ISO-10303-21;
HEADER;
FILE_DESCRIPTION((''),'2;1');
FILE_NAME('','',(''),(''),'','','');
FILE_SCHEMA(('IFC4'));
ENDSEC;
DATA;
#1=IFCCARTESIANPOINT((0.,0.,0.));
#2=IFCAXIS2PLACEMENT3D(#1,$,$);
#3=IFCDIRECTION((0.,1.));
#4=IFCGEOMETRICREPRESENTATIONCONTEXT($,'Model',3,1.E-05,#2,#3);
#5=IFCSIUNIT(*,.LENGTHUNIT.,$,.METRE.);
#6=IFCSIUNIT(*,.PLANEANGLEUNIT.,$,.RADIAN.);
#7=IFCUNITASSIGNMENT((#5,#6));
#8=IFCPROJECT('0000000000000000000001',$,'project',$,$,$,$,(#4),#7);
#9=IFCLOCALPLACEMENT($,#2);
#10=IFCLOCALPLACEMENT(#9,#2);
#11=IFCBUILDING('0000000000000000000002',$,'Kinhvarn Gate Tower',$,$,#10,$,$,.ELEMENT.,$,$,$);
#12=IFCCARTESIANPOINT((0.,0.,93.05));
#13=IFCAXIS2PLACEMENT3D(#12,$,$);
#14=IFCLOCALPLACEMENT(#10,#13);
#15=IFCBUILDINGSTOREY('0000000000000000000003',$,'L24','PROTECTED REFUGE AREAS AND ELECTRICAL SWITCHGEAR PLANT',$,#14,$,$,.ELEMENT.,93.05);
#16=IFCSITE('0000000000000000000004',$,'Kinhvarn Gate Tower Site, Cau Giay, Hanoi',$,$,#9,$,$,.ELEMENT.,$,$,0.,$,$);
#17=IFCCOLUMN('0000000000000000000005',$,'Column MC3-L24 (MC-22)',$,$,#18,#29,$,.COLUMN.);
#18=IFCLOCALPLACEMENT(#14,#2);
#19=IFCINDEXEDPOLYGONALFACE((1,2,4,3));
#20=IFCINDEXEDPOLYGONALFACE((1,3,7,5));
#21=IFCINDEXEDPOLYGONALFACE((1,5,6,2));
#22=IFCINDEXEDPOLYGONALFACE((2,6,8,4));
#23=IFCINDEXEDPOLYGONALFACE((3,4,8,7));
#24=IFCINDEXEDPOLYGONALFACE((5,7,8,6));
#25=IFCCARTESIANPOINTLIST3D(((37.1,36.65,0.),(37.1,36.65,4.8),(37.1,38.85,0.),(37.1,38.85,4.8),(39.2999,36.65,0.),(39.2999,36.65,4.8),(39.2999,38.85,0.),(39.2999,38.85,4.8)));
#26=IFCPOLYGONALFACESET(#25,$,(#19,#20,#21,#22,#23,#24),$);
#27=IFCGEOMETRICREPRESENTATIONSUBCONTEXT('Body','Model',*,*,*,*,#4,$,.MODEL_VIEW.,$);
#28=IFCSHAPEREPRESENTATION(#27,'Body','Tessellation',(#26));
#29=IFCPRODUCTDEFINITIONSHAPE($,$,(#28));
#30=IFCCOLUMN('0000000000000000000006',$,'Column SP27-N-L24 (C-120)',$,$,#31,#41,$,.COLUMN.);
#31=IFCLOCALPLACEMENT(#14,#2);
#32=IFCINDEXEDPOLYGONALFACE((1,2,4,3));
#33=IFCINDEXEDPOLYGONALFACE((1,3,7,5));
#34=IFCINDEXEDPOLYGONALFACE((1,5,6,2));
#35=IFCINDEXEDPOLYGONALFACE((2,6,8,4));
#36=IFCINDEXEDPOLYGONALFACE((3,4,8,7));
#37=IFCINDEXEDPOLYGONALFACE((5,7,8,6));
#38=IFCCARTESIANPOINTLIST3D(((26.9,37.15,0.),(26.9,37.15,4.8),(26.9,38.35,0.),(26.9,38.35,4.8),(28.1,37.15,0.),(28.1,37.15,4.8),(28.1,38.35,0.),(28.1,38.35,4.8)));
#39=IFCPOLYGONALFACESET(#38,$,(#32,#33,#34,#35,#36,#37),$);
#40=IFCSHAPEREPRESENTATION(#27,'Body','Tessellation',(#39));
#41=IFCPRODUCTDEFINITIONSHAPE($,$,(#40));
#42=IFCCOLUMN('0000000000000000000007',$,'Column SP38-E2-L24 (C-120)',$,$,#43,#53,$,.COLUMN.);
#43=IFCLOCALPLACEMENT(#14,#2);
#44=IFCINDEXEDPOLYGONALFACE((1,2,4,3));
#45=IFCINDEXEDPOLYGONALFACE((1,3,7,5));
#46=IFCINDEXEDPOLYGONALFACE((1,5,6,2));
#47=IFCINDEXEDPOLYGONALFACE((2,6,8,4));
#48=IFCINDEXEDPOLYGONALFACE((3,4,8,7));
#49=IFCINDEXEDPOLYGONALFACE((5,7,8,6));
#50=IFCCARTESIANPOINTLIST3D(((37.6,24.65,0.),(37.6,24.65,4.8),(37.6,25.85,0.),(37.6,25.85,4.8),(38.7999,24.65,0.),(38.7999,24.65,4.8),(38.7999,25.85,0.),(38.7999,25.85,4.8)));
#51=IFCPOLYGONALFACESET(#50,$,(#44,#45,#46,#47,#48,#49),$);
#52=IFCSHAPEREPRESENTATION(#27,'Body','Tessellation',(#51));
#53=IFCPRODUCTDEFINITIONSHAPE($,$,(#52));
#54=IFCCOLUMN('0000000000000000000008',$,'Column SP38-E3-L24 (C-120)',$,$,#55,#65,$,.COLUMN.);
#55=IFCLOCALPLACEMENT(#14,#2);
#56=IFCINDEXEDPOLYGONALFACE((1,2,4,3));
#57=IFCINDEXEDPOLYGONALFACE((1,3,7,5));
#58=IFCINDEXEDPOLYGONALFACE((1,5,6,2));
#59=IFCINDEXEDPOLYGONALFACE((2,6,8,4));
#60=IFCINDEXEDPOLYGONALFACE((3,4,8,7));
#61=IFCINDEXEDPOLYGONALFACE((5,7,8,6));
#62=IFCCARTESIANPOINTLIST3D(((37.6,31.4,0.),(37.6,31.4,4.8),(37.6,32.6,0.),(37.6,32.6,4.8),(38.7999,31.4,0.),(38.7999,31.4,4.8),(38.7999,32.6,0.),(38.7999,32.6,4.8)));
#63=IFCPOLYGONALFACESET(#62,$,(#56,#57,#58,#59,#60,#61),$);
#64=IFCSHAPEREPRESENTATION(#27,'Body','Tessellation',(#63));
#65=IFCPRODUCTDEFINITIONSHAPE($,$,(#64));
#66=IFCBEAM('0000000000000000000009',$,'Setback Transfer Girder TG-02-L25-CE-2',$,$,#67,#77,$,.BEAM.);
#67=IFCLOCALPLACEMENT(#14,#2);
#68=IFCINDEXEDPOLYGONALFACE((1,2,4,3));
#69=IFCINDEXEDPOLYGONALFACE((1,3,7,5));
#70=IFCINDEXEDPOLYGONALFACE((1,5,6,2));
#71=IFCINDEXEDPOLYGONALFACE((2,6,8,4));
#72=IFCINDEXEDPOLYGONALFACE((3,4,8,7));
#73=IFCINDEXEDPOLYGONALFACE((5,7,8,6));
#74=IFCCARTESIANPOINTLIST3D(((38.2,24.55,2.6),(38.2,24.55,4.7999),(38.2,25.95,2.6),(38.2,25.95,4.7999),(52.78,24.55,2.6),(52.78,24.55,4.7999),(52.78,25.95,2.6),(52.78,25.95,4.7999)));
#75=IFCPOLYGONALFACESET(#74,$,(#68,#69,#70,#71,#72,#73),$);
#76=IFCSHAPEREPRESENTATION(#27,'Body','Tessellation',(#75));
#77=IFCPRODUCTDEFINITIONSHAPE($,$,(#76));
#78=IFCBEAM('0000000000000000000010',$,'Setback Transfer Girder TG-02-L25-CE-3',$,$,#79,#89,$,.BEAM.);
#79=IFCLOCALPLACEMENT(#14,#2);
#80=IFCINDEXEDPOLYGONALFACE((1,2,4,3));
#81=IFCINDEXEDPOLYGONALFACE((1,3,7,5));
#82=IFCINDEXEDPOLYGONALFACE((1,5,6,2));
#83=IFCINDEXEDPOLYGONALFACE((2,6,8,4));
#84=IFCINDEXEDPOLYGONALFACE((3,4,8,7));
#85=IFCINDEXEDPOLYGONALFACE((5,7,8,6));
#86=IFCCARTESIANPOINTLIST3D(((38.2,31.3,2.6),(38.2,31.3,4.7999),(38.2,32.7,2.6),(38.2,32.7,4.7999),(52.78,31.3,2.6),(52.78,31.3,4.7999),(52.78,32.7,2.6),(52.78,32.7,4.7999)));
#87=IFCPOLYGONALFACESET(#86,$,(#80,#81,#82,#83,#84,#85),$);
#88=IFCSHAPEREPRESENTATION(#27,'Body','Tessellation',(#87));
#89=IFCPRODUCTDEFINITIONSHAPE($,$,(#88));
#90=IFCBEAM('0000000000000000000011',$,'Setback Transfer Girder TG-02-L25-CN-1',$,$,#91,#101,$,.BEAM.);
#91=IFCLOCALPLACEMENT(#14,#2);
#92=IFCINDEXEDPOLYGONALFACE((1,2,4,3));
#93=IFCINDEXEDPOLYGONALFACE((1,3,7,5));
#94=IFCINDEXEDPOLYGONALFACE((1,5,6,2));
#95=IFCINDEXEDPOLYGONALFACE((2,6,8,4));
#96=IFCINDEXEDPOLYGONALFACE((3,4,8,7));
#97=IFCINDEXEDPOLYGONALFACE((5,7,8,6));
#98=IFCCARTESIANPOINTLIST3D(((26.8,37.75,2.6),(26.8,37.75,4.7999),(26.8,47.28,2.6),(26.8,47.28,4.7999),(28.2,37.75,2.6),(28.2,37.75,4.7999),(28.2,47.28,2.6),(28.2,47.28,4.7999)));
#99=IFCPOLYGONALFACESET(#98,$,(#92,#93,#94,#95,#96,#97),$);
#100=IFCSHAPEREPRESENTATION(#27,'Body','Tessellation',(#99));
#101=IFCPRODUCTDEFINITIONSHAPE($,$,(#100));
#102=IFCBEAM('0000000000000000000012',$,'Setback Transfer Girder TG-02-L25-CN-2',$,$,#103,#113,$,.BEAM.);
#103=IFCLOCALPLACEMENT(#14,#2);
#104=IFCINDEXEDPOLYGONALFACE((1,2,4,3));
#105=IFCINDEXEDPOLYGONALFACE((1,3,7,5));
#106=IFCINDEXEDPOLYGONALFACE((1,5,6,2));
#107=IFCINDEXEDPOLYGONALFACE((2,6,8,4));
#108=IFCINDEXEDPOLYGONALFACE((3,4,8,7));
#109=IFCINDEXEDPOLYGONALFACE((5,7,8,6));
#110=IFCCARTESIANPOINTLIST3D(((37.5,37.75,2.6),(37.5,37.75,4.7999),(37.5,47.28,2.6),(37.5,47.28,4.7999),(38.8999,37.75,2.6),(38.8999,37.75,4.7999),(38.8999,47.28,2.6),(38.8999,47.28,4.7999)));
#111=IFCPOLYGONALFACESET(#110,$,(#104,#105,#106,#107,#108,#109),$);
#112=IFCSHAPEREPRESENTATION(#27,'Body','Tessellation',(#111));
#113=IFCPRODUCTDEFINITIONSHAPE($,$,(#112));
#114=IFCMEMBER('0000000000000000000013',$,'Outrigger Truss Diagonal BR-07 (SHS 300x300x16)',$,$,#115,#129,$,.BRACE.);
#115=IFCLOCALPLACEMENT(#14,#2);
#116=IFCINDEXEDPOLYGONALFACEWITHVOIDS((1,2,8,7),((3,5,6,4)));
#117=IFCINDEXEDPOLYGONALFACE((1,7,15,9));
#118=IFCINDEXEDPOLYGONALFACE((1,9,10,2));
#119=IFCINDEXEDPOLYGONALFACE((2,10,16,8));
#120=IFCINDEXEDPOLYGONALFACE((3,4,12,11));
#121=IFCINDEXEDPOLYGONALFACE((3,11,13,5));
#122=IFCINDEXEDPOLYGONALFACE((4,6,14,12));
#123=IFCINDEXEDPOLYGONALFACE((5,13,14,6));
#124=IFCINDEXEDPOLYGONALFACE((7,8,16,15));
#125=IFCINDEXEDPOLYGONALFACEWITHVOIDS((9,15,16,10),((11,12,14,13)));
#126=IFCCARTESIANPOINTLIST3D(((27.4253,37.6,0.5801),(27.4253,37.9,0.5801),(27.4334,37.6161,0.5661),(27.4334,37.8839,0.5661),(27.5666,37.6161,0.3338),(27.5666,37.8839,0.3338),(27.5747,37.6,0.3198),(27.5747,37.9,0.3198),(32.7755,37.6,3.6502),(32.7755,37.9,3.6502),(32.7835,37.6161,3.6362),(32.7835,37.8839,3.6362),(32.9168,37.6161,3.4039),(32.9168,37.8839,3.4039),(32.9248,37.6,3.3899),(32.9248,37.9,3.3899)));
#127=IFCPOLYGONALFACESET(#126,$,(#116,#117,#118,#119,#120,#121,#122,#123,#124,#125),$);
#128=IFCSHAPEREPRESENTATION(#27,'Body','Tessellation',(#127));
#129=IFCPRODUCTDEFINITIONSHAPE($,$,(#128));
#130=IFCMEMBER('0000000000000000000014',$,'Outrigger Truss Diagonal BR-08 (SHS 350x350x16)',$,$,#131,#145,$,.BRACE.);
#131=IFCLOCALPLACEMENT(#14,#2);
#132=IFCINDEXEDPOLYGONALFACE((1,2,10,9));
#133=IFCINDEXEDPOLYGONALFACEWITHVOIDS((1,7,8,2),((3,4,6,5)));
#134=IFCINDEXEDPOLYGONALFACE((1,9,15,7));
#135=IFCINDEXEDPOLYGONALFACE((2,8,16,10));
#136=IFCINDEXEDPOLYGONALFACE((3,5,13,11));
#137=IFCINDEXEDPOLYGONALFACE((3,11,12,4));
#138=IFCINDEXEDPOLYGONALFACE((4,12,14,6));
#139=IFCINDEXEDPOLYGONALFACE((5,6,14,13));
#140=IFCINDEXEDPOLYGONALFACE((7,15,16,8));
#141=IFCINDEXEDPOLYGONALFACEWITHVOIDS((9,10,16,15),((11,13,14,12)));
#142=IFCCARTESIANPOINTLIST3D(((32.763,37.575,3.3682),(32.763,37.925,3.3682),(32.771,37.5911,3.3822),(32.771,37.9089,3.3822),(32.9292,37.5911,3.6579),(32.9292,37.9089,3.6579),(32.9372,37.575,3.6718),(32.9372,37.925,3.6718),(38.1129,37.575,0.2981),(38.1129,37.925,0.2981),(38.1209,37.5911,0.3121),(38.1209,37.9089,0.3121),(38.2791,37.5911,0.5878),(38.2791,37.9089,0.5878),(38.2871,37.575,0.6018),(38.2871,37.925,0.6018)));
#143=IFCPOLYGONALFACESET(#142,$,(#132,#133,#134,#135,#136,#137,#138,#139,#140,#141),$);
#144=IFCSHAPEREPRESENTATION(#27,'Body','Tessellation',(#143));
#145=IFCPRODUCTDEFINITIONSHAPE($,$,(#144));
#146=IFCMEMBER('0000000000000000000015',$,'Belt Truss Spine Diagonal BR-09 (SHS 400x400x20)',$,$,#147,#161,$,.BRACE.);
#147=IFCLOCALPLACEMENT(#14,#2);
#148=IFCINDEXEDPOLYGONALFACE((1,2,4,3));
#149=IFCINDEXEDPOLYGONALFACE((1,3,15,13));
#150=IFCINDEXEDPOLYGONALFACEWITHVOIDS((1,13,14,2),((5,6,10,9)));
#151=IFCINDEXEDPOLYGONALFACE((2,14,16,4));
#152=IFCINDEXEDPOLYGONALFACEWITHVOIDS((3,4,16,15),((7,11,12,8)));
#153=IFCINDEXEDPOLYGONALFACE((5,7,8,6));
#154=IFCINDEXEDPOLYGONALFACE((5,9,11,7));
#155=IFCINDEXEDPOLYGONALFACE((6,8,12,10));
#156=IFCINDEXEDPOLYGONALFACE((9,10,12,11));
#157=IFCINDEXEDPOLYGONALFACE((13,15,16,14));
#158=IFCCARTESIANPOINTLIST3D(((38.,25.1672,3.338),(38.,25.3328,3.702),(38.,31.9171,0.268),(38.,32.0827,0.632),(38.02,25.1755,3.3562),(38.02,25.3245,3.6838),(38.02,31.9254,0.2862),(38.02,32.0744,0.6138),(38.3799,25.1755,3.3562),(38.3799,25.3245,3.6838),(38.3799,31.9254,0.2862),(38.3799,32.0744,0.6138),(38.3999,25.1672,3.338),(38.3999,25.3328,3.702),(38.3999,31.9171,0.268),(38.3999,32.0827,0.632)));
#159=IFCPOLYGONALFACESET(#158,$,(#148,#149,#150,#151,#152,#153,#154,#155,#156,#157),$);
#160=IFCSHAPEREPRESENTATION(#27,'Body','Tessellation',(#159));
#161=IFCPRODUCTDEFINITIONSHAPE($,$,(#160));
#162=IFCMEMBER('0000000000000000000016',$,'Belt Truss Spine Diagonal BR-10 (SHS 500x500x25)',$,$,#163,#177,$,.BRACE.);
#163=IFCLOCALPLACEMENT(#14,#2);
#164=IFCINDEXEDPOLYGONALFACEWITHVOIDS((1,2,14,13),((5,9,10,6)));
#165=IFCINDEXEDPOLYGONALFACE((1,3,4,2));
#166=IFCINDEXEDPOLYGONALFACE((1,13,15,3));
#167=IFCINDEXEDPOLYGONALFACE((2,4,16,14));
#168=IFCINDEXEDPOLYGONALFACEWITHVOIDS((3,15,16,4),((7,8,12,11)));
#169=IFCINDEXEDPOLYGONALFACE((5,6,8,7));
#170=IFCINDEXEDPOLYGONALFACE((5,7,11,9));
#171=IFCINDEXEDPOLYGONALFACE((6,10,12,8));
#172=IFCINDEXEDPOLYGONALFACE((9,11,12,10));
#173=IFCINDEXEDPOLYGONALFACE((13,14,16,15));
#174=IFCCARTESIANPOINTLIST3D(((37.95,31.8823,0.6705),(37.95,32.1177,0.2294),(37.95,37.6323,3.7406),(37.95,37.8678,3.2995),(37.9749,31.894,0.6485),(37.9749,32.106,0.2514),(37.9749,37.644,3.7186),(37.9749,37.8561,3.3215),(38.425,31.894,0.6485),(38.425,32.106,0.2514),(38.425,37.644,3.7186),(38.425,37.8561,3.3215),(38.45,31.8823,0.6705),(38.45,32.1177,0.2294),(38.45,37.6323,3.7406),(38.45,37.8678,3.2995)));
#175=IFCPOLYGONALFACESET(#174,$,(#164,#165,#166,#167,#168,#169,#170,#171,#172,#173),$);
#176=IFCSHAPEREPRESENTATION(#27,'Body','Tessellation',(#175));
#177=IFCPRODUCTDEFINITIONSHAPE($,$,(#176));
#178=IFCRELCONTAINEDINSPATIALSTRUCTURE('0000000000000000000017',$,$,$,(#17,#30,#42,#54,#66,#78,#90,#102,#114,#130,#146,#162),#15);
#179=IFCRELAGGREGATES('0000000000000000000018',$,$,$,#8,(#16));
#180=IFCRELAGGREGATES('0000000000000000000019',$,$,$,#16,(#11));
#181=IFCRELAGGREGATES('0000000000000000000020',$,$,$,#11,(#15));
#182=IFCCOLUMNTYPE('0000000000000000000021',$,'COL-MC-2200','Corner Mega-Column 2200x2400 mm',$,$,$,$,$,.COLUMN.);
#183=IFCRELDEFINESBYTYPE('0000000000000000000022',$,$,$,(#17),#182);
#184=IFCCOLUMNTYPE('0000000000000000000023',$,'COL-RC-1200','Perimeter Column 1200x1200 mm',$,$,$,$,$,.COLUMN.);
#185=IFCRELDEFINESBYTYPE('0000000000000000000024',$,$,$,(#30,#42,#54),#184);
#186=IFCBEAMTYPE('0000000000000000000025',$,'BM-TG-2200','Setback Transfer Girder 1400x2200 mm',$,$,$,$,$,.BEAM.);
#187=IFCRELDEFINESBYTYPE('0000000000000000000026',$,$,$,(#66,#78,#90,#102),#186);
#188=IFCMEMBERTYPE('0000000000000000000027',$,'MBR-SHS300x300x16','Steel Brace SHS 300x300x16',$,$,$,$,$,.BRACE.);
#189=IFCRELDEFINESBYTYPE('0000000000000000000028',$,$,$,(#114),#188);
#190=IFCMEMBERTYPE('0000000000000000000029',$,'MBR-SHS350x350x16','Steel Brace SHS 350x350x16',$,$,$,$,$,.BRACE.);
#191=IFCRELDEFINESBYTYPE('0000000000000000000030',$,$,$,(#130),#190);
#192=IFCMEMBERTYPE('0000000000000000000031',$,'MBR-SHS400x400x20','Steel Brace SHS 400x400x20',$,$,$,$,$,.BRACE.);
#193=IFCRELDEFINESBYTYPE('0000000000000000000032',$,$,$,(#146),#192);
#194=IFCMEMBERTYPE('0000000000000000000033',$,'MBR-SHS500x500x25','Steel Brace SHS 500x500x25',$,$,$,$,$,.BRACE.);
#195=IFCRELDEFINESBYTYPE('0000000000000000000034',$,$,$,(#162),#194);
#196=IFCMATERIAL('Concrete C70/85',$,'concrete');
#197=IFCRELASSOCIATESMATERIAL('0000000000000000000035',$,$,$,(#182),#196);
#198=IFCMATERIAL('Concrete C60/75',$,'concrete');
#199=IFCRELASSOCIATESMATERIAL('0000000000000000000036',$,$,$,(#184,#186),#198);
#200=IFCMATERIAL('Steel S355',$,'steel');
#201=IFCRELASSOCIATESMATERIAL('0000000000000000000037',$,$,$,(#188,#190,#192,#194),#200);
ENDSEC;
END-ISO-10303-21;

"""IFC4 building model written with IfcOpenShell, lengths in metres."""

from ifc_helpers import new_model, si_unit, direction, frame, origin, origin_2d, place, context, subcontext, project, spatial, rectangle, hollow_rectangle, extrude, material, material_profile, profile_set, type_object, element, save


model = new_model("IFC4")

# Units and contexts
model_context = context("Model", 3, precision=1e-05, world=origin(), true_north=direction((0.0, 1.0)))
body_context = subcontext(model_context, "Body", "Model", "MODEL_VIEW")
ifc_project = project(units=[si_unit("LENGTHUNIT", "METRE"), si_unit("PLANEANGLEUNIT", "RADIAN")], contexts=[model_context])

# Site, building, storey
site_placement = place(None, origin())
site = spatial("IfcSite", under=ifc_project, at=site_placement, Name="Kinhvarn Gate Tower Site, Cau Giay, Hanoi", CompositionType="ELEMENT", RefElevation=0.0)
building_placement = place(site_placement, origin())
building = spatial("IfcBuilding", under=site, at=building_placement, Name="Kinhvarn Gate Tower", CompositionType="ELEMENT")
storey_placement = place(building_placement, frame((0.0, 0.0, 93.05)))
storey = spatial("IfcBuildingStorey", under=building, at=storey_placement, Name="L24", Description="PROTECTED REFUGE AREAS AND ELECTRICAL SWITCHGEAR PLANT", CompositionType="ELEMENT", Elevation=93.05)

# Columns
ifc_material_1 = material(Name="Concrete C70/85", Category="concrete")
ifc_material_profile_1 = material_profile(ifc_material_1, rectangle(XDim=2.2, YDim=2.2, at=origin_2d()), Name="RC 2200x2200")
ifc_profile_set_1 = profile_set([ifc_material_profile_1], Name="Concrete C70/85")
column_type_1 = type_object("IfcColumnType", Name="COL-MC-2200", Description="Corner Mega-Column 2200x2400 mm", PredefinedType="COLUMN", material=ifc_profile_set_1)
column_placement = place(storey_placement, frame((38.2, 37.75, 0.0), z_axis=(0.0, 0.0, 1.0), x_axis=(1.0, 0.0, 0.0)))
element("IfcColumn", 1, at=column_placement, inside=storey, type_object=column_type_1, Name="Column MC3-L24 (MC-22)", PredefinedType="COLUMN", context=body_context, shape_type="SweptSolid", body=[
    extrude(rectangle(XDim=2.2, YDim=2.2, at=origin_2d()), origin(), (0.0, 0.0, 1.0), 4.8),
])
ifc_material_2 = material(Name="Concrete C60/75", Category="concrete")
ifc_material_profile_2 = material_profile(ifc_material_2, rectangle(XDim=1.2, YDim=1.2, at=origin_2d()), Name="RC 1200x1200")
ifc_profile_set_2 = profile_set([ifc_material_profile_2], Name="Concrete C60/75")
column_type_2 = type_object("IfcColumnType", Name="COL-RC-1200", Description="Perimeter Column 1200x1200 mm", PredefinedType="COLUMN", material=ifc_profile_set_2)
for number, where, z_axis, x_axis, name in (
    (2, (27.5, 37.75, 0.0), (0.0, 0.0, 1.0), (1.0, 0.0, 0.0), "Column SP27-N-L24 (C-120)"),
    (3, (38.2, 25.25, 0.0), (0.0, 0.0, 1.0), (1.0, 0.0, 0.0), "Column SP38-E2-L24 (C-120)"),
    (4, (38.2, 32.0, 0.0), (0.0, 0.0, 1.0), (1.0, 0.0, 0.0), "Column SP38-E3-L24 (C-120)"),
):
    element("IfcColumn", number, at=place(storey_placement, frame(where, z_axis=z_axis, x_axis=x_axis)), inside=storey, type_object=column_type_2, Name=name, PredefinedType="COLUMN", context=body_context, shape_type="SweptSolid", body=[
        extrude(rectangle(XDim=1.2, YDim=1.2, at=origin_2d()), origin(), (0.0, 0.0, 1.0), 4.8),
    ])

# Beams
ifc_material_profile_3 = material_profile(ifc_material_2, rectangle(XDim=1.3999, YDim=2.2, at=origin_2d()), Name="RC 1400x2200")
ifc_profile_set_3 = profile_set([ifc_material_profile_3], Name="Concrete C60/75")
beam_type_1 = type_object("IfcBeamType", Name="BM-TG-2200", Description="Setback Transfer Girder 1400x2200 mm", PredefinedType="BEAM", material=ifc_profile_set_3)
for number, where, z_axis, x_axis, name in (
    (5, (38.2, 25.25, 3.7), (1.0, 0.0, 0.0), (0.0, 1.0, 0.0), "Setback Transfer Girder TG-02-L25-CE-2"),
    (6, (38.2, 32.0, 3.7), (1.0, 0.0, 0.0), (0.0, 1.0, 0.0), "Setback Transfer Girder TG-02-L25-CE-3"),
):
    element("IfcBeam", number, at=place(storey_placement, frame(where, z_axis=z_axis, x_axis=x_axis)), inside=storey, type_object=beam_type_1, Name=name, PredefinedType="BEAM", context=body_context, shape_type="SweptSolid", body=[
        extrude(rectangle(XDim=1.3999, YDim=2.2, at=origin_2d()), origin(), (0.0, 0.0, 1.0), 14.5801),
    ])
for number, where, z_axis, x_axis, name in (
    (7, (27.5, 37.75, 3.7), (0.0, 1.0, 0.0), (-1.0, 0.0, 0.0), "Setback Transfer Girder TG-02-L25-CN-1"),
    (8, (38.2, 37.75, 3.7), (0.0, 1.0, 0.0), (-1.0, 0.0, 0.0), "Setback Transfer Girder TG-02-L25-CN-2"),
):
    element("IfcBeam", number, at=place(storey_placement, frame(where, z_axis=z_axis, x_axis=x_axis)), inside=storey, type_object=beam_type_1, Name=name, PredefinedType="BEAM", context=body_context, shape_type="SweptSolid", body=[
        extrude(rectangle(XDim=1.3999, YDim=2.2, at=origin_2d()), origin(), (0.0, 0.0, 1.0), 9.53),
    ])

# Members
ifc_material_3 = material(Name="Steel S355", Category="steel")
ifc_material_profile_4 = material_profile(ifc_material_3, hollow_rectangle(XDim=0.3, YDim=0.3, WallThickness=0.0161, at=origin_2d()), Name="SHS 300x300x16")
ifc_profile_set_4 = profile_set([ifc_material_profile_4], Name="Steel S355")
member_type_1 = type_object("IfcMemberType", Name="MBR-SHS300x300x16", Description="Steel Brace SHS 300x300x16", PredefinedType="BRACE", material=ifc_profile_set_4)
member_1_placement = place(storey_placement, frame((27.5, 37.75, 0.45), z_axis=(0.867343, 0.0, 0.497711), x_axis=(0.0, 1.0, 0.0)))
element("IfcMember", 9, at=member_1_placement, inside=storey, type_object=member_type_1, Name="Outrigger Truss Diagonal BR-07 (SHS 300x300x16)", PredefinedType="BRACE", context=body_context, shape_type="SweptSolid", body=[
    extrude(hollow_rectangle(XDim=0.3, YDim=0.3, WallThickness=0.0161, at=origin_2d()), origin(), (0.0, 0.0, 1.0), 6.1685),
])
ifc_material_profile_5 = material_profile(ifc_material_3, hollow_rectangle(XDim=0.3501, YDim=0.3501, WallThickness=0.0161, at=origin_2d()), Name="SHS 350x350x16")
ifc_profile_set_5 = profile_set([ifc_material_profile_5], Name="Steel S355")
member_type_2 = type_object("IfcMemberType", Name="MBR-SHS350x350x16", Description="Steel Brace SHS 350x350x16", PredefinedType="BRACE", material=ifc_profile_set_5)
member_2_placement = place(storey_placement, frame((32.8501, 37.75, 3.52), z_axis=(0.867333, 0.0, -0.497728), x_axis=(0.0, 1.0, 0.0)))
element("IfcMember", 10, at=member_2_placement, inside=storey, type_object=member_type_2, Name="Outrigger Truss Diagonal BR-08 (SHS 350x350x16)", PredefinedType="BRACE", context=body_context, shape_type="SweptSolid", body=[
    extrude(hollow_rectangle(XDim=0.3501, YDim=0.3501, WallThickness=0.0161, at=origin_2d()), origin(), (0.0, 0.0, 1.0), 6.1682),
])
ifc_material_profile_6 = material_profile(ifc_material_3, hollow_rectangle(XDim=0.3999, YDim=0.3999, WallThickness=0.02, at=origin_2d()), Name="SHS 400x400x20")
ifc_profile_set_6 = profile_set([ifc_material_profile_6], Name="Steel S355")
member_type_3 = type_object("IfcMemberType", Name="MBR-SHS400x400x20", Description="Steel Brace SHS 400x400x20", PredefinedType="BRACE", material=ifc_profile_set_6)
member_3_placement = place(storey_placement, frame((38.2, 25.25, 3.52), z_axis=(0.0, 0.910271, -0.414014), x_axis=(-1.0, 0.0, 0.0)))
element("IfcMember", 11, at=member_3_placement, inside=storey, type_object=member_type_3, Name="Belt Truss Spine Diagonal BR-09 (SHS 400x400x20)", PredefinedType="BRACE", context=body_context, shape_type="SweptSolid", body=[
    extrude(hollow_rectangle(XDim=0.3999, YDim=0.3999, WallThickness=0.02, at=origin_2d()), origin(), (0.0, 0.0, 1.0), 7.4153),
])
ifc_material_profile_7 = material_profile(ifc_material_3, hollow_rectangle(XDim=0.5, YDim=0.5, WallThickness=0.0249, at=origin_2d()), Name="SHS 500x500x25")
ifc_profile_set_7 = profile_set([ifc_material_profile_7], Name="Steel S355")
member_type_4 = type_object("IfcMemberType", Name="MBR-SHS500x500x25", Description="Steel Brace SHS 500x500x25", PredefinedType="BRACE", material=ifc_profile_set_7)
member_4_placement = place(storey_placement, frame((38.2, 32.0, 0.45), z_axis=(0.0, 0.882136, 0.470994), x_axis=(-1.0, 0.0, 0.0)))
element("IfcMember", 12, at=member_4_placement, inside=storey, type_object=member_type_4, Name="Belt Truss Spine Diagonal BR-10 (SHS 500x500x25)", PredefinedType="BRACE", context=body_context, shape_type="SweptSolid", body=[
    extrude(hollow_rectangle(XDim=0.5, YDim=0.5, WallThickness=0.0249, at=origin_2d()), origin(), (0.0, 0.0, 1.0), 6.5183),
])

save(model, "model.ifc")
